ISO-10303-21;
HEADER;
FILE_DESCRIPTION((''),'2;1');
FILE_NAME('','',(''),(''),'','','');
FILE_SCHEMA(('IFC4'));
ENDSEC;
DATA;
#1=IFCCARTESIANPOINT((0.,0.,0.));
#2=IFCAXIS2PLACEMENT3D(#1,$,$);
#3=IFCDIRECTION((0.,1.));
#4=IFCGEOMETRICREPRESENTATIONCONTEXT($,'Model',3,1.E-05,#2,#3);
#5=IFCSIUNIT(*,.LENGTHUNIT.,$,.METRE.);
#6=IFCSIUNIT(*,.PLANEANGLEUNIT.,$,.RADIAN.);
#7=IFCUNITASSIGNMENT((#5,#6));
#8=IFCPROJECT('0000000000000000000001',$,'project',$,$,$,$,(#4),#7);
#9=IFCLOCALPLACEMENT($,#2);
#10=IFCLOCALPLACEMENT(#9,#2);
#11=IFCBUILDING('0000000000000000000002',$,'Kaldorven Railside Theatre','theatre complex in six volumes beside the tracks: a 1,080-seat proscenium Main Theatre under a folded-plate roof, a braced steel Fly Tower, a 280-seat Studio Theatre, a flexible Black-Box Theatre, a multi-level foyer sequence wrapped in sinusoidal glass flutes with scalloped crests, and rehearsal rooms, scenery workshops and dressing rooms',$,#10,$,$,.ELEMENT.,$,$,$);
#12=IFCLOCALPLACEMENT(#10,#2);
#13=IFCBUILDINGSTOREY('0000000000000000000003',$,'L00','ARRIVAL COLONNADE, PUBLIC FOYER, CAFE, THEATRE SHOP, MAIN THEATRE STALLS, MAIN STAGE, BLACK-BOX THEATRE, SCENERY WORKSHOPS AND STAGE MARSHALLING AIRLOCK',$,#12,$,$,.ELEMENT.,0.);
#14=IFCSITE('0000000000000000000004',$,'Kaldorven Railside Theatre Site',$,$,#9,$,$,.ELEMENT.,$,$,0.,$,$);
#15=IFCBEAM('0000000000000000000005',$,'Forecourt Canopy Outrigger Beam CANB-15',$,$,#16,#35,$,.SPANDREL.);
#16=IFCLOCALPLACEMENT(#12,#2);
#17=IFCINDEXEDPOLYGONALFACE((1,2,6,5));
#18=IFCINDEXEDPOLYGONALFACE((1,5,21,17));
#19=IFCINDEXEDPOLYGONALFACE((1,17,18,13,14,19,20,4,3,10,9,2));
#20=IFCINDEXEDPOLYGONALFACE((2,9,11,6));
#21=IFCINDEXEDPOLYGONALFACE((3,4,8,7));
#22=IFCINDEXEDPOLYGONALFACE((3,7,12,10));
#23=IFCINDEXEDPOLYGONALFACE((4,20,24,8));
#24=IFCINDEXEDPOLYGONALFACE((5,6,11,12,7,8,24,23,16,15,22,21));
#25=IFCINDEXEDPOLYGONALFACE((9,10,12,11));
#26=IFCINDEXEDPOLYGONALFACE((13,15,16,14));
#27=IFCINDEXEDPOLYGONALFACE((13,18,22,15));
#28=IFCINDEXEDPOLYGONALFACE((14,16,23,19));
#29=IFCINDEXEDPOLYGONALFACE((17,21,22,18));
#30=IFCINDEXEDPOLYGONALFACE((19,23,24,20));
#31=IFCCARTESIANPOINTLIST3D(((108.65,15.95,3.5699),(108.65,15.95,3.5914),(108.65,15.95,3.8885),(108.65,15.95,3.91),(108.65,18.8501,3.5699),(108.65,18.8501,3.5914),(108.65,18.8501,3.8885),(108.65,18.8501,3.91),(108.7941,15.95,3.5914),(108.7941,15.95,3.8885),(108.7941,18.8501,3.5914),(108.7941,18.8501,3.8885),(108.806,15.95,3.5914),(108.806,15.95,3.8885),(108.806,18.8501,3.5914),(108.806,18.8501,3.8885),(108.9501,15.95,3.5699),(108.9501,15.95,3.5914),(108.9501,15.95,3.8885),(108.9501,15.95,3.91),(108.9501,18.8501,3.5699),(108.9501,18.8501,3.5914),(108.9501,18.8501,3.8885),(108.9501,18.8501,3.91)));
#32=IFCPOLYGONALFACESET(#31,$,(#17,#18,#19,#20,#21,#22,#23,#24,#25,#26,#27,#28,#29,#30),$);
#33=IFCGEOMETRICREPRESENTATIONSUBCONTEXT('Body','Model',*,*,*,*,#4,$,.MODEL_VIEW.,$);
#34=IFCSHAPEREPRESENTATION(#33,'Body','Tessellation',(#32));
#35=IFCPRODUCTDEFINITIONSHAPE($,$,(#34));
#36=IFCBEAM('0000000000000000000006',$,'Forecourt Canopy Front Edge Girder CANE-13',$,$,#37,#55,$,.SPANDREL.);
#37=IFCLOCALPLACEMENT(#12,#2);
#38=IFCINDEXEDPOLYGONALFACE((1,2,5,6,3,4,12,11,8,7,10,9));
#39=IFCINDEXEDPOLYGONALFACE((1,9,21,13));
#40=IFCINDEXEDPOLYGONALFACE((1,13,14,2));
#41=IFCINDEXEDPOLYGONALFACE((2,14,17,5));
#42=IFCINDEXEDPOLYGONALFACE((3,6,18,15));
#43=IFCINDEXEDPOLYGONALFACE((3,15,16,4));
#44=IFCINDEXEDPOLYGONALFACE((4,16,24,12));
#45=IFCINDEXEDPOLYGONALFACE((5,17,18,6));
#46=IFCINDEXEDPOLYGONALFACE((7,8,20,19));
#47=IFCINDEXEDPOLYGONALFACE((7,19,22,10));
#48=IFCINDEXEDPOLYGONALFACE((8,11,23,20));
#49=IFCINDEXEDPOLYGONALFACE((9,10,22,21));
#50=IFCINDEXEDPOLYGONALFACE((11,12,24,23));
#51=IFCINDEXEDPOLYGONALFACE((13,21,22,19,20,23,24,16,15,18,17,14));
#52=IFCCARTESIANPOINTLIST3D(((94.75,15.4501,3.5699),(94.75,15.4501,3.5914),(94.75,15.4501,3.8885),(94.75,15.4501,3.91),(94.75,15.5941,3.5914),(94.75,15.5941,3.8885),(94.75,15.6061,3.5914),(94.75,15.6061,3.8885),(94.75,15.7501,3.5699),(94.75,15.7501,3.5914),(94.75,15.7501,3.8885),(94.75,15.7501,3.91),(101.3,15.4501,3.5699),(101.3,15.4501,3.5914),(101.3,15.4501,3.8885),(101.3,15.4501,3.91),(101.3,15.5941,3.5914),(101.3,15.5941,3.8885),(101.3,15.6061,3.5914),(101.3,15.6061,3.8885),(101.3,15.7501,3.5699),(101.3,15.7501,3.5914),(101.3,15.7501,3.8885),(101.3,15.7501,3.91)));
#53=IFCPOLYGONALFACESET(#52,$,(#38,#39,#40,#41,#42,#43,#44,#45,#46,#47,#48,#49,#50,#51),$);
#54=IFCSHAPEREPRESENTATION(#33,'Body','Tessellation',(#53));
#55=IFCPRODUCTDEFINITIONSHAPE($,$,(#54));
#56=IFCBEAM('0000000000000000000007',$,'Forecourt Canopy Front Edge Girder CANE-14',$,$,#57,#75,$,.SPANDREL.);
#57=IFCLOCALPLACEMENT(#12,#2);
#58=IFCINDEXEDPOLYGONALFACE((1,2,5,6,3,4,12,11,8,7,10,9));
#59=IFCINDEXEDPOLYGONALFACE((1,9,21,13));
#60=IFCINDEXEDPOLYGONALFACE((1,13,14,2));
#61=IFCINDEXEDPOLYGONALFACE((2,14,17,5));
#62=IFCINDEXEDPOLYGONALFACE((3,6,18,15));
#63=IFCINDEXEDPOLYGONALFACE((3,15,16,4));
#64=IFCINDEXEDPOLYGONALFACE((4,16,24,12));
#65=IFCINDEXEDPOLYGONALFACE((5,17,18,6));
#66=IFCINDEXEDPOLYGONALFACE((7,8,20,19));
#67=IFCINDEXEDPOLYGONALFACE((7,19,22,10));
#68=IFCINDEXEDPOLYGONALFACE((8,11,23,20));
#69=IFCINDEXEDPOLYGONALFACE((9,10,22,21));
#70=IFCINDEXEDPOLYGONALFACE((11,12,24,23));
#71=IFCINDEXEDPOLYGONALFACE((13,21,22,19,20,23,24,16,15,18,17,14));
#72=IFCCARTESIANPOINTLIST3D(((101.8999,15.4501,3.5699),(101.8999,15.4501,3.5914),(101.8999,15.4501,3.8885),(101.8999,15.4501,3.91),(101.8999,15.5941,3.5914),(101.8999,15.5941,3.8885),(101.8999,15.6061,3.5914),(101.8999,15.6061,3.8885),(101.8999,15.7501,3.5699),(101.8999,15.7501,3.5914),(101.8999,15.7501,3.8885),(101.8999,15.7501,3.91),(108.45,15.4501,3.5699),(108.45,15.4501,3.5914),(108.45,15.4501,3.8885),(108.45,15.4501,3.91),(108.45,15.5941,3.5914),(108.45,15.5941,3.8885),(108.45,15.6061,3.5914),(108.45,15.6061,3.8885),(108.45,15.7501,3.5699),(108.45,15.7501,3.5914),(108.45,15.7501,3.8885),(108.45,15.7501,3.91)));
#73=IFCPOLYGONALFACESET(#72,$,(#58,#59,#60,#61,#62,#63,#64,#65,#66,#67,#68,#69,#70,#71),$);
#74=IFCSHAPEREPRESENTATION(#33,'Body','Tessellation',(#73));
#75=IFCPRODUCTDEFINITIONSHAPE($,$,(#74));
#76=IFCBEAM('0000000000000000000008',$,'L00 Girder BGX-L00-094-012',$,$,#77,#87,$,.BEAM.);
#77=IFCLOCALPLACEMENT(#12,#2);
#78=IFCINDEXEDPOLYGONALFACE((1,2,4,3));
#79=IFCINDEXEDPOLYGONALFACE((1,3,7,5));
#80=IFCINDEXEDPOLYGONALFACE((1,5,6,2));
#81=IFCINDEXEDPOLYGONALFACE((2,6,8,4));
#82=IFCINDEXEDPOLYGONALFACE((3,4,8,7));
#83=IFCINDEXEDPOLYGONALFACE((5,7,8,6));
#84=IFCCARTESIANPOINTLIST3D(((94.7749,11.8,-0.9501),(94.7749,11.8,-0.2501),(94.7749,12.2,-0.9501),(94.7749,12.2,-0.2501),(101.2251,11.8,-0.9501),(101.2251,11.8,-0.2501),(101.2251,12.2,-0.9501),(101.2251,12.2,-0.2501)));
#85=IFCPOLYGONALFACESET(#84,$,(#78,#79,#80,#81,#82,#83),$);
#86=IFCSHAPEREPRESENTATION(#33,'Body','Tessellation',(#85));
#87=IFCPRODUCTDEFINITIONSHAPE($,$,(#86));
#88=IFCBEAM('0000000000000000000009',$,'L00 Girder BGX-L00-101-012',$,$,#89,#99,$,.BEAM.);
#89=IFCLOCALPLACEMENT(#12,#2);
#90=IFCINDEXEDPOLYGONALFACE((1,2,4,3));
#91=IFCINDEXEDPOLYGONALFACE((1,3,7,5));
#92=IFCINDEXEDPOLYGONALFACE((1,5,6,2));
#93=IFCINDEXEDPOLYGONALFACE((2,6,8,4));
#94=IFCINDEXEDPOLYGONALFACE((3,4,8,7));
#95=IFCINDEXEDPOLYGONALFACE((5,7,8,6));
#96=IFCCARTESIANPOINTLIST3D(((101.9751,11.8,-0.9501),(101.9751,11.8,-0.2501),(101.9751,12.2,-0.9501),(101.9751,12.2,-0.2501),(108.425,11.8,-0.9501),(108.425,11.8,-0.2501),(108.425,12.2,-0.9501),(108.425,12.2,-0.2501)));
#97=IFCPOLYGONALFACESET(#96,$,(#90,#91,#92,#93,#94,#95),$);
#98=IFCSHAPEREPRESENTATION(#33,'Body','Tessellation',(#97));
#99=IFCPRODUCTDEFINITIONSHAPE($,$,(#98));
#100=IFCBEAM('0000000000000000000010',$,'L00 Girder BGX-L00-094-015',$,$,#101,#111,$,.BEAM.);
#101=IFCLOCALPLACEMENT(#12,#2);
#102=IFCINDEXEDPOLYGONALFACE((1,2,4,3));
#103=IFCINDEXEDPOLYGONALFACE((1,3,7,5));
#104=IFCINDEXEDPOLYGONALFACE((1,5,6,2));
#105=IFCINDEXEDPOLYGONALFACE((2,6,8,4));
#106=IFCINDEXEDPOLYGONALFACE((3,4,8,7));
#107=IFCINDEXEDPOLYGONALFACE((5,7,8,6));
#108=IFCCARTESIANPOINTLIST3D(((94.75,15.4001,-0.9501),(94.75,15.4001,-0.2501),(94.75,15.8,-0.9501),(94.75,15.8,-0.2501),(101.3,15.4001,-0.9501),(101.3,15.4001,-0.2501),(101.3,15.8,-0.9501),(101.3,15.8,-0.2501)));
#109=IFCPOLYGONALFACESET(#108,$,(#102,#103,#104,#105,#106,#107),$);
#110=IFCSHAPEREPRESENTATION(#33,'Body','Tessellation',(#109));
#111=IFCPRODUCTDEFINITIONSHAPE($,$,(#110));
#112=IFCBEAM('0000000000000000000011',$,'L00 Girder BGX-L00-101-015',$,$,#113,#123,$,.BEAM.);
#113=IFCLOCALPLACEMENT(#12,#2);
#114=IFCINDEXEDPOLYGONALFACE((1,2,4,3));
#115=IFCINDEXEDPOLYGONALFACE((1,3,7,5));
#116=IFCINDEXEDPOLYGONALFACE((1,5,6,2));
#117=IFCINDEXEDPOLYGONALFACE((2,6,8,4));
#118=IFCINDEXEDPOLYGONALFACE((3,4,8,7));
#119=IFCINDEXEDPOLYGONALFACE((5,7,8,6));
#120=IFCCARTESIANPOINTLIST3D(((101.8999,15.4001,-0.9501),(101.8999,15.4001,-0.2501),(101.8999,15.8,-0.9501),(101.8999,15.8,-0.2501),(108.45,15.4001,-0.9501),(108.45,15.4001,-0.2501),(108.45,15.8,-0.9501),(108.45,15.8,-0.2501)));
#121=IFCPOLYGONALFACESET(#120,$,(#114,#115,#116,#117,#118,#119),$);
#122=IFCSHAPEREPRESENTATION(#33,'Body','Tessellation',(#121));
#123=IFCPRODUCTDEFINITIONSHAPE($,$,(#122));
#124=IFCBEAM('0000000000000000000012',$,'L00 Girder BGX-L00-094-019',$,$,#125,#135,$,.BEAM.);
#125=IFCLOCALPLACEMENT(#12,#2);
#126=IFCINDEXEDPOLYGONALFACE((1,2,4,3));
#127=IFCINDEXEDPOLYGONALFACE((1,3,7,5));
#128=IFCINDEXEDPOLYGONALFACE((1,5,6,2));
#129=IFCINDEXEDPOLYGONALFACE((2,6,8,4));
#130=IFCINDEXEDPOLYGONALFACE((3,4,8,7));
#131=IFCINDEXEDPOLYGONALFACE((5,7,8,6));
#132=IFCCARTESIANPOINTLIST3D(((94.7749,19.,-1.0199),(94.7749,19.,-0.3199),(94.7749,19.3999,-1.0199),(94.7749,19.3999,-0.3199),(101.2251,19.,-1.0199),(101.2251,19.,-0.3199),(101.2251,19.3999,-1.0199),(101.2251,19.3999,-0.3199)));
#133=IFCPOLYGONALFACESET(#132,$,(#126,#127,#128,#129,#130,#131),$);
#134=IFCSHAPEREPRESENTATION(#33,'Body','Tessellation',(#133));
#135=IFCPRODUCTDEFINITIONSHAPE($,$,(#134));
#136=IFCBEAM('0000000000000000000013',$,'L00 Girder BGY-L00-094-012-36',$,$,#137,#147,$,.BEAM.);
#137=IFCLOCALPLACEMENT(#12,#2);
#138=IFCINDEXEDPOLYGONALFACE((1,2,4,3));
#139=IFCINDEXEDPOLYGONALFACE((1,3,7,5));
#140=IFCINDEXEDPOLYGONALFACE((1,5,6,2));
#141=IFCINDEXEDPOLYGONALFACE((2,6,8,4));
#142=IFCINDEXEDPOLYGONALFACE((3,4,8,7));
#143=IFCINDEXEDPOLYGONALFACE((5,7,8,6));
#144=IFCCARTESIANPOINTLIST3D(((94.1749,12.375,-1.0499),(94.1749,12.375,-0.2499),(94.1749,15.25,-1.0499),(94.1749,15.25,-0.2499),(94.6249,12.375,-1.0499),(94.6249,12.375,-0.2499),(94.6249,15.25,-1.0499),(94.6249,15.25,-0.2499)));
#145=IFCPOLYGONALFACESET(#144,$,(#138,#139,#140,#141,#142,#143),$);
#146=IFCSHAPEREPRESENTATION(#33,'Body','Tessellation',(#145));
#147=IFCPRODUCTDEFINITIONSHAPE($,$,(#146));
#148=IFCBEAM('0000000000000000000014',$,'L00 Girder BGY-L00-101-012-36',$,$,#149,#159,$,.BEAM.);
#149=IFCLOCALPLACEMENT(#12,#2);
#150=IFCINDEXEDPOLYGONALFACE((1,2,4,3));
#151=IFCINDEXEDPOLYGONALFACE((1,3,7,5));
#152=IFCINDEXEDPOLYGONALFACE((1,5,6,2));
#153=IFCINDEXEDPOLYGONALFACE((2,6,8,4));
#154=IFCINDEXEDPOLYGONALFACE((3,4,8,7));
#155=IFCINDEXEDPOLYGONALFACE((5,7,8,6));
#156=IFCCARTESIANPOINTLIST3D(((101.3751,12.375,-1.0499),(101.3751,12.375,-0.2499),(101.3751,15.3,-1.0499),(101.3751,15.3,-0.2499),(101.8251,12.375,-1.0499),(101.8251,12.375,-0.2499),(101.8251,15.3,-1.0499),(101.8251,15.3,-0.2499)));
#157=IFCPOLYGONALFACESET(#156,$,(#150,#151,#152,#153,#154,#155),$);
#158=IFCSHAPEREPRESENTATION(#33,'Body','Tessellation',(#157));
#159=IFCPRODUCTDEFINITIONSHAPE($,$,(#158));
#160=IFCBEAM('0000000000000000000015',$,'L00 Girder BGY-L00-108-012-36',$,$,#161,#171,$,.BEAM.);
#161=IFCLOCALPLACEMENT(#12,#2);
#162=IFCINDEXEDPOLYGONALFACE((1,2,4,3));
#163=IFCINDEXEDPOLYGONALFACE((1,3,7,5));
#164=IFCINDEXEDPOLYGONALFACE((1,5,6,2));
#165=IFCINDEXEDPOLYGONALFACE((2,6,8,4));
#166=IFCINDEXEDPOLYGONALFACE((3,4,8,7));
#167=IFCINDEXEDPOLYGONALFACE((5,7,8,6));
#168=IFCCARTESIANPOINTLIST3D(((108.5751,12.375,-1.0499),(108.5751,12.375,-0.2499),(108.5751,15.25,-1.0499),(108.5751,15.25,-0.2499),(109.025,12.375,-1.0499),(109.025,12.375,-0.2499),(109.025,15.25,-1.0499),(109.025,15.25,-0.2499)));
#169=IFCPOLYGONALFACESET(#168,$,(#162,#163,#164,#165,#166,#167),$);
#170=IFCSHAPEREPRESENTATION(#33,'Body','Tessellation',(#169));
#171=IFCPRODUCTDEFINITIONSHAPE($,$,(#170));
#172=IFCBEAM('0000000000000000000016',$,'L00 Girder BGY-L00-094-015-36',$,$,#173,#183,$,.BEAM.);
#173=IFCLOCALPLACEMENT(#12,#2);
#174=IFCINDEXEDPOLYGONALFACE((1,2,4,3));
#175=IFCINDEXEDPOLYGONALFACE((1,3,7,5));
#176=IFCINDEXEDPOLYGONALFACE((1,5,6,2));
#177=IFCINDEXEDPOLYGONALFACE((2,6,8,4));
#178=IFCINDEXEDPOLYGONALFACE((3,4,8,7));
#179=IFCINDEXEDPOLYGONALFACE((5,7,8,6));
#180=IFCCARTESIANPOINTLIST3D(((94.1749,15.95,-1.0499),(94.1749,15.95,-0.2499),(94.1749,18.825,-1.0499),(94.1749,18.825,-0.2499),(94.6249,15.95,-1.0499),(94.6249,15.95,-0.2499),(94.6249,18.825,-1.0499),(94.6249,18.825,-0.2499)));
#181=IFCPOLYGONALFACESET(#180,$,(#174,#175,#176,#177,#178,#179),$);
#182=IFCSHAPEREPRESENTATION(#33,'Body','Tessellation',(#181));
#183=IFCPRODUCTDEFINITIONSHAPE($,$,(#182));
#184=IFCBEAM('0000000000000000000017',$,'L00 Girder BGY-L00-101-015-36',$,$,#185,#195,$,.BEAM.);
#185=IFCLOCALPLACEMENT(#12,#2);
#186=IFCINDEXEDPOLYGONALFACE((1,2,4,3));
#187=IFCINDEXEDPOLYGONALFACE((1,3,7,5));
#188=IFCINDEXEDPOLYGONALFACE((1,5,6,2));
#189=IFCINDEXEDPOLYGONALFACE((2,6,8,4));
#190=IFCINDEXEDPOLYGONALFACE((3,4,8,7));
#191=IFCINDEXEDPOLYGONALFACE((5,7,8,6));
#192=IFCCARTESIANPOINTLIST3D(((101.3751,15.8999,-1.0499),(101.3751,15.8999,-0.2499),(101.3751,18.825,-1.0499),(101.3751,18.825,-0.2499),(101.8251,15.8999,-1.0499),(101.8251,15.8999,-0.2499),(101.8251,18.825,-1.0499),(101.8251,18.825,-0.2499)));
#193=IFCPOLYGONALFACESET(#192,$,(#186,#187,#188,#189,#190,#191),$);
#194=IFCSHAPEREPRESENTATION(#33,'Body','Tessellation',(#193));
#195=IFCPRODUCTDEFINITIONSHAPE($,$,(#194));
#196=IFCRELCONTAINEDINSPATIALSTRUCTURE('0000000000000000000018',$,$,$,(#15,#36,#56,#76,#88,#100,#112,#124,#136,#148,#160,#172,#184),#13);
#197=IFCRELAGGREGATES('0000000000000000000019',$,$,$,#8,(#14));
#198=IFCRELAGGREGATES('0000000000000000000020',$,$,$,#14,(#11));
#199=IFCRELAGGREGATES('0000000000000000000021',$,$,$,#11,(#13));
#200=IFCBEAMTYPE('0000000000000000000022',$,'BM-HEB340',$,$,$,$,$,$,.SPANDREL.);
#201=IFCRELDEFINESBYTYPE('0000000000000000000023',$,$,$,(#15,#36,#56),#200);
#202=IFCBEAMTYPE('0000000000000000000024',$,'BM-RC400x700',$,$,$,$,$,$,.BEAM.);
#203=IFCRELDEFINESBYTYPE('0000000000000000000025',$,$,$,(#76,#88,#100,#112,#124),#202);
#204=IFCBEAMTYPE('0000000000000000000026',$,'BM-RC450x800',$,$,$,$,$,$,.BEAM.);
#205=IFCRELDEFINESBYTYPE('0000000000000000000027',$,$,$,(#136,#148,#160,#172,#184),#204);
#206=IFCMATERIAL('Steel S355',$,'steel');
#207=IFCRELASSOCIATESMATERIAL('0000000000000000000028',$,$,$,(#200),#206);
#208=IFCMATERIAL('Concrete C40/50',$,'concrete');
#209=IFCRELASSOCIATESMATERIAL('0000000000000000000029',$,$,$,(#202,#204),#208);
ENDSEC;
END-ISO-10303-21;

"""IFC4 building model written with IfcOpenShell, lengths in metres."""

from ifc_helpers import new_model, si_unit, direction, frame, origin, origin_2d, place, context, subcontext, project, spatial, rectangle, i_section, extrude, material, material_profile, profile_set, type_object, element, save


model = new_model("IFC4")

# Units and contexts
model_context = context("Model", 3, precision=1e-05, world=origin(), true_north=direction((0.0, 1.0)))
body_context = subcontext(model_context, "Body", "Model", "MODEL_VIEW")
ifc_project = project(units=[si_unit("LENGTHUNIT", "METRE"), si_unit("PLANEANGLEUNIT", "RADIAN")], contexts=[model_context])

# Site, building, storey
site_placement = place(None, origin())
site = spatial("IfcSite", under=ifc_project, at=site_placement, Name="Kaldorven Railside Theatre Site", CompositionType="ELEMENT", RefElevation=0.0)
building_placement = place(site_placement, origin())
building = spatial("IfcBuilding", under=site, at=building_placement, Name="Kaldorven Railside Theatre", Description="theatre complex in six volumes beside the tracks: a 1,080-seat proscenium Main Theatre under a folded-plate roof, a braced steel Fly Tower, a 280-seat Studio Theatre, a flexible Black-Box Theatre, a multi-level foyer sequence wrapped in sinusoidal glass flutes with scalloped crests, and rehearsal rooms, scenery workshops and dressing rooms", CompositionType="ELEMENT")
storey_placement = place(building_placement, origin())
storey = spatial("IfcBuildingStorey", under=building, at=storey_placement, Name="L00", Description="ARRIVAL COLONNADE, PUBLIC FOYER, CAFE, THEATRE SHOP, MAIN THEATRE STALLS, MAIN STAGE, BLACK-BOX THEATRE, SCENERY WORKSHOPS AND STAGE MARSHALLING AIRLOCK", CompositionType="ELEMENT", Elevation=0.0)

# Shared definitions
ifc_material_1 = material(Name="Concrete C40/50", Category="concrete")

# Beams
ifc_material_2 = material(Name="Steel S355", Category="steel")
ifc_material_profile_1 = material_profile(ifc_material_2, i_section(OverallWidth=0.3, OverallDepth=0.3401, WebThickness=0.012, FlangeThickness=0.0215, at=origin_2d()), Name="HEB 340")
ifc_profile_set_1 = profile_set([ifc_material_profile_1], Name="Steel S355")
beam_type_1 = type_object("IfcBeamType", Name="BM-HEB340", PredefinedType="SPANDREL", material=ifc_profile_set_1)
beam_1_placement = place(storey_placement, frame((108.8, 15.95, 3.74), z_axis=(0.0, 1.0, 0.0), x_axis=(-1.0, 0.0, 0.0)))
element("IfcBeam", 1, at=beam_1_placement, inside=storey, type_object=beam_type_1, Name="Forecourt Canopy Outrigger Beam CANB-15", PredefinedType="SPANDREL", context=body_context, shape_type="SweptSolid", body=[
    extrude(i_section(OverallWidth=0.3, OverallDepth=0.3401, WebThickness=0.012, FlangeThickness=0.0215, at=origin_2d()), origin(), (0.0, 0.0, 1.0), 2.9001),
])
for number, where, z_axis, x_axis, name in (
    (2, (94.75, 15.6001, 3.74), (1.0, 0.0, 0.0), (0.0, 1.0, 0.0), "Forecourt Canopy Front Edge Girder CANE-13"),
    (3, (101.8999, 15.6001, 3.74), (1.0, 0.0, 0.0), (0.0, 1.0, 0.0), "Forecourt Canopy Front Edge Girder CANE-14"),
):
    element("IfcBeam", number, at=place(storey_placement, frame(where, z_axis=z_axis, x_axis=x_axis)), inside=storey, type_object=beam_type_1, Name=name, PredefinedType="SPANDREL", context=body_context, shape_type="SweptSolid", body=[
        extrude(i_section(OverallWidth=0.3, OverallDepth=0.3401, WebThickness=0.012, FlangeThickness=0.0215, at=origin_2d()), origin(), (0.0, 0.0, 1.0), 6.55),
    ])
ifc_material_profile_2 = material_profile(ifc_material_1, rectangle(XDim=0.3999, YDim=0.7, at=origin_2d()), Name="RC 400x700")
ifc_profile_set_2 = profile_set([ifc_material_profile_2], Name="Concrete C40/50")
beam_type_2 = type_object("IfcBeamType", Name="BM-RC400x700", PredefinedType="BEAM", material=ifc_profile_set_2)
beam_2_placement = place(storey_placement, frame((94.7749, 12.0, -0.6001), z_axis=(1.0, 0.0, 0.0), x_axis=(0.0, 1.0, 0.0)))
element("IfcBeam", 4, at=beam_2_placement, inside=storey, type_object=beam_type_2, Name="L00 Girder BGX-L00-094-012", PredefinedType="BEAM", context=body_context, shape_type="SweptSolid", body=[
    extrude(rectangle(XDim=0.3999, YDim=0.7, at=origin_2d()), origin(), (0.0, 0.0, 1.0), 6.4502),
])
beam_3_placement = place(storey_placement, frame((101.9751, 12.0, -0.6001), z_axis=(1.0, 0.0, 0.0), x_axis=(0.0, 1.0, 0.0)))
element("IfcBeam", 5, at=beam_3_placement, inside=storey, type_object=beam_type_2, Name="L00 Girder BGX-L00-101-012", PredefinedType="BEAM", context=body_context, shape_type="SweptSolid", body=[
    extrude(rectangle(XDim=0.3999, YDim=0.7, at=origin_2d()), origin(), (0.0, 0.0, 1.0), 6.45),
])
for number, where, z_axis, x_axis, name in (
    (6, (94.75, 15.6001, -0.6001), (1.0, 0.0, 0.0), (0.0, 1.0, 0.0), "L00 Girder BGX-L00-094-015"),
    (7, (101.8999, 15.6001, -0.6001), (1.0, 0.0, 0.0), (0.0, 1.0, 0.0), "L00 Girder BGX-L00-101-015"),
):
    element("IfcBeam", number, at=place(storey_placement, frame(where, z_axis=z_axis, x_axis=x_axis)), inside=storey, type_object=beam_type_2, Name=name, PredefinedType="BEAM", context=body_context, shape_type="SweptSolid", body=[
        extrude(rectangle(XDim=0.3999, YDim=0.7, at=origin_2d()), origin(), (0.0, 0.0, 1.0), 6.55),
    ])
beam_4_placement = place(storey_placement, frame((94.7749, 19.2, -0.6699), z_axis=(1.0, 0.0, 0.0), x_axis=(0.0, 1.0, 0.0)))
element("IfcBeam", 8, at=beam_4_placement, inside=storey, type_object=beam_type_2, Name="L00 Girder BGX-L00-094-019", PredefinedType="BEAM", context=body_context, shape_type="SweptSolid", body=[
    extrude(rectangle(XDim=0.3999, YDim=0.7, at=origin_2d()), origin(), (0.0, 0.0, 1.0), 6.4502),
])
ifc_material_profile_3 = material_profile(ifc_material_1, rectangle(XDim=0.45, YDim=0.8, at=origin_2d()), Name="RC 450x800")
ifc_profile_set_3 = profile_set([ifc_material_profile_3], Name="Concrete C40/50")
beam_type_3 = type_object("IfcBeamType", Name="BM-RC450x800", PredefinedType="BEAM", material=ifc_profile_set_3)
beam_5_placement = place(storey_placement, frame((94.3999, 12.375, -0.6499), z_axis=(0.0, 1.0, 0.0), x_axis=(-1.0, 0.0, 0.0)))
element("IfcBeam", 9, at=beam_5_placement, inside=storey, type_object=beam_type_3, Name="L00 Girder BGY-L00-094-012-36", PredefinedType="BEAM", context=body_context, shape_type="SweptSolid", body=[
    extrude(rectangle(XDim=0.45, YDim=0.8, at=origin_2d()), origin(), (0.0, 0.0, 1.0), 2.875),
])
beam_6_placement = place(storey_placement, frame((101.6001, 12.375, -0.6499), z_axis=(0.0, 1.0, 0.0), x_axis=(-1.0, 0.0, 0.0)))
element("IfcBeam", 10, at=beam_6_placement, inside=storey, type_object=beam_type_3, Name="L00 Girder BGY-L00-101-012-36", PredefinedType="BEAM", context=body_context, shape_type="SweptSolid", body=[
    extrude(rectangle(XDim=0.45, YDim=0.8, at=origin_2d()), origin(), (0.0, 0.0, 1.0), 2.925),
])
for number, where, z_axis, x_axis, name in (
    (11, (108.8, 12.375, -0.6499), (0.0, 1.0, 0.0), (-1.0, 0.0, 0.0), "L00 Girder BGY-L00-108-012-36"),
    (12, (94.3999, 15.95, -0.6499), (0.0, 1.0, 0.0), (-1.0, 0.0, 0.0), "L00 Girder BGY-L00-094-015-36"),
):
    element("IfcBeam", number, at=place(storey_placement, frame(where, z_axis=z_axis, x_axis=x_axis)), inside=storey, type_object=beam_type_3, Name=name, PredefinedType="BEAM", context=body_context, shape_type="SweptSolid", body=[
        extrude(rectangle(XDim=0.45, YDim=0.8, at=origin_2d()), origin(), (0.0, 0.0, 1.0), 2.875),
    ])
beam_7_placement = place(storey_placement, frame((101.6001, 15.8999, -0.6499), z_axis=(0.0, 1.0, 0.0), x_axis=(-1.0, 0.0, 0.0)))
element("IfcBeam", 13, at=beam_7_placement, inside=storey, type_object=beam_type_3, Name="L00 Girder BGY-L00-101-015-36", PredefinedType="BEAM", context=body_context, shape_type="SweptSolid", body=[
    extrude(rectangle(XDim=0.45, YDim=0.8, at=origin_2d()), origin(), (0.0, 0.0, 1.0), 2.925),
])

save(model, "model.ifc")
